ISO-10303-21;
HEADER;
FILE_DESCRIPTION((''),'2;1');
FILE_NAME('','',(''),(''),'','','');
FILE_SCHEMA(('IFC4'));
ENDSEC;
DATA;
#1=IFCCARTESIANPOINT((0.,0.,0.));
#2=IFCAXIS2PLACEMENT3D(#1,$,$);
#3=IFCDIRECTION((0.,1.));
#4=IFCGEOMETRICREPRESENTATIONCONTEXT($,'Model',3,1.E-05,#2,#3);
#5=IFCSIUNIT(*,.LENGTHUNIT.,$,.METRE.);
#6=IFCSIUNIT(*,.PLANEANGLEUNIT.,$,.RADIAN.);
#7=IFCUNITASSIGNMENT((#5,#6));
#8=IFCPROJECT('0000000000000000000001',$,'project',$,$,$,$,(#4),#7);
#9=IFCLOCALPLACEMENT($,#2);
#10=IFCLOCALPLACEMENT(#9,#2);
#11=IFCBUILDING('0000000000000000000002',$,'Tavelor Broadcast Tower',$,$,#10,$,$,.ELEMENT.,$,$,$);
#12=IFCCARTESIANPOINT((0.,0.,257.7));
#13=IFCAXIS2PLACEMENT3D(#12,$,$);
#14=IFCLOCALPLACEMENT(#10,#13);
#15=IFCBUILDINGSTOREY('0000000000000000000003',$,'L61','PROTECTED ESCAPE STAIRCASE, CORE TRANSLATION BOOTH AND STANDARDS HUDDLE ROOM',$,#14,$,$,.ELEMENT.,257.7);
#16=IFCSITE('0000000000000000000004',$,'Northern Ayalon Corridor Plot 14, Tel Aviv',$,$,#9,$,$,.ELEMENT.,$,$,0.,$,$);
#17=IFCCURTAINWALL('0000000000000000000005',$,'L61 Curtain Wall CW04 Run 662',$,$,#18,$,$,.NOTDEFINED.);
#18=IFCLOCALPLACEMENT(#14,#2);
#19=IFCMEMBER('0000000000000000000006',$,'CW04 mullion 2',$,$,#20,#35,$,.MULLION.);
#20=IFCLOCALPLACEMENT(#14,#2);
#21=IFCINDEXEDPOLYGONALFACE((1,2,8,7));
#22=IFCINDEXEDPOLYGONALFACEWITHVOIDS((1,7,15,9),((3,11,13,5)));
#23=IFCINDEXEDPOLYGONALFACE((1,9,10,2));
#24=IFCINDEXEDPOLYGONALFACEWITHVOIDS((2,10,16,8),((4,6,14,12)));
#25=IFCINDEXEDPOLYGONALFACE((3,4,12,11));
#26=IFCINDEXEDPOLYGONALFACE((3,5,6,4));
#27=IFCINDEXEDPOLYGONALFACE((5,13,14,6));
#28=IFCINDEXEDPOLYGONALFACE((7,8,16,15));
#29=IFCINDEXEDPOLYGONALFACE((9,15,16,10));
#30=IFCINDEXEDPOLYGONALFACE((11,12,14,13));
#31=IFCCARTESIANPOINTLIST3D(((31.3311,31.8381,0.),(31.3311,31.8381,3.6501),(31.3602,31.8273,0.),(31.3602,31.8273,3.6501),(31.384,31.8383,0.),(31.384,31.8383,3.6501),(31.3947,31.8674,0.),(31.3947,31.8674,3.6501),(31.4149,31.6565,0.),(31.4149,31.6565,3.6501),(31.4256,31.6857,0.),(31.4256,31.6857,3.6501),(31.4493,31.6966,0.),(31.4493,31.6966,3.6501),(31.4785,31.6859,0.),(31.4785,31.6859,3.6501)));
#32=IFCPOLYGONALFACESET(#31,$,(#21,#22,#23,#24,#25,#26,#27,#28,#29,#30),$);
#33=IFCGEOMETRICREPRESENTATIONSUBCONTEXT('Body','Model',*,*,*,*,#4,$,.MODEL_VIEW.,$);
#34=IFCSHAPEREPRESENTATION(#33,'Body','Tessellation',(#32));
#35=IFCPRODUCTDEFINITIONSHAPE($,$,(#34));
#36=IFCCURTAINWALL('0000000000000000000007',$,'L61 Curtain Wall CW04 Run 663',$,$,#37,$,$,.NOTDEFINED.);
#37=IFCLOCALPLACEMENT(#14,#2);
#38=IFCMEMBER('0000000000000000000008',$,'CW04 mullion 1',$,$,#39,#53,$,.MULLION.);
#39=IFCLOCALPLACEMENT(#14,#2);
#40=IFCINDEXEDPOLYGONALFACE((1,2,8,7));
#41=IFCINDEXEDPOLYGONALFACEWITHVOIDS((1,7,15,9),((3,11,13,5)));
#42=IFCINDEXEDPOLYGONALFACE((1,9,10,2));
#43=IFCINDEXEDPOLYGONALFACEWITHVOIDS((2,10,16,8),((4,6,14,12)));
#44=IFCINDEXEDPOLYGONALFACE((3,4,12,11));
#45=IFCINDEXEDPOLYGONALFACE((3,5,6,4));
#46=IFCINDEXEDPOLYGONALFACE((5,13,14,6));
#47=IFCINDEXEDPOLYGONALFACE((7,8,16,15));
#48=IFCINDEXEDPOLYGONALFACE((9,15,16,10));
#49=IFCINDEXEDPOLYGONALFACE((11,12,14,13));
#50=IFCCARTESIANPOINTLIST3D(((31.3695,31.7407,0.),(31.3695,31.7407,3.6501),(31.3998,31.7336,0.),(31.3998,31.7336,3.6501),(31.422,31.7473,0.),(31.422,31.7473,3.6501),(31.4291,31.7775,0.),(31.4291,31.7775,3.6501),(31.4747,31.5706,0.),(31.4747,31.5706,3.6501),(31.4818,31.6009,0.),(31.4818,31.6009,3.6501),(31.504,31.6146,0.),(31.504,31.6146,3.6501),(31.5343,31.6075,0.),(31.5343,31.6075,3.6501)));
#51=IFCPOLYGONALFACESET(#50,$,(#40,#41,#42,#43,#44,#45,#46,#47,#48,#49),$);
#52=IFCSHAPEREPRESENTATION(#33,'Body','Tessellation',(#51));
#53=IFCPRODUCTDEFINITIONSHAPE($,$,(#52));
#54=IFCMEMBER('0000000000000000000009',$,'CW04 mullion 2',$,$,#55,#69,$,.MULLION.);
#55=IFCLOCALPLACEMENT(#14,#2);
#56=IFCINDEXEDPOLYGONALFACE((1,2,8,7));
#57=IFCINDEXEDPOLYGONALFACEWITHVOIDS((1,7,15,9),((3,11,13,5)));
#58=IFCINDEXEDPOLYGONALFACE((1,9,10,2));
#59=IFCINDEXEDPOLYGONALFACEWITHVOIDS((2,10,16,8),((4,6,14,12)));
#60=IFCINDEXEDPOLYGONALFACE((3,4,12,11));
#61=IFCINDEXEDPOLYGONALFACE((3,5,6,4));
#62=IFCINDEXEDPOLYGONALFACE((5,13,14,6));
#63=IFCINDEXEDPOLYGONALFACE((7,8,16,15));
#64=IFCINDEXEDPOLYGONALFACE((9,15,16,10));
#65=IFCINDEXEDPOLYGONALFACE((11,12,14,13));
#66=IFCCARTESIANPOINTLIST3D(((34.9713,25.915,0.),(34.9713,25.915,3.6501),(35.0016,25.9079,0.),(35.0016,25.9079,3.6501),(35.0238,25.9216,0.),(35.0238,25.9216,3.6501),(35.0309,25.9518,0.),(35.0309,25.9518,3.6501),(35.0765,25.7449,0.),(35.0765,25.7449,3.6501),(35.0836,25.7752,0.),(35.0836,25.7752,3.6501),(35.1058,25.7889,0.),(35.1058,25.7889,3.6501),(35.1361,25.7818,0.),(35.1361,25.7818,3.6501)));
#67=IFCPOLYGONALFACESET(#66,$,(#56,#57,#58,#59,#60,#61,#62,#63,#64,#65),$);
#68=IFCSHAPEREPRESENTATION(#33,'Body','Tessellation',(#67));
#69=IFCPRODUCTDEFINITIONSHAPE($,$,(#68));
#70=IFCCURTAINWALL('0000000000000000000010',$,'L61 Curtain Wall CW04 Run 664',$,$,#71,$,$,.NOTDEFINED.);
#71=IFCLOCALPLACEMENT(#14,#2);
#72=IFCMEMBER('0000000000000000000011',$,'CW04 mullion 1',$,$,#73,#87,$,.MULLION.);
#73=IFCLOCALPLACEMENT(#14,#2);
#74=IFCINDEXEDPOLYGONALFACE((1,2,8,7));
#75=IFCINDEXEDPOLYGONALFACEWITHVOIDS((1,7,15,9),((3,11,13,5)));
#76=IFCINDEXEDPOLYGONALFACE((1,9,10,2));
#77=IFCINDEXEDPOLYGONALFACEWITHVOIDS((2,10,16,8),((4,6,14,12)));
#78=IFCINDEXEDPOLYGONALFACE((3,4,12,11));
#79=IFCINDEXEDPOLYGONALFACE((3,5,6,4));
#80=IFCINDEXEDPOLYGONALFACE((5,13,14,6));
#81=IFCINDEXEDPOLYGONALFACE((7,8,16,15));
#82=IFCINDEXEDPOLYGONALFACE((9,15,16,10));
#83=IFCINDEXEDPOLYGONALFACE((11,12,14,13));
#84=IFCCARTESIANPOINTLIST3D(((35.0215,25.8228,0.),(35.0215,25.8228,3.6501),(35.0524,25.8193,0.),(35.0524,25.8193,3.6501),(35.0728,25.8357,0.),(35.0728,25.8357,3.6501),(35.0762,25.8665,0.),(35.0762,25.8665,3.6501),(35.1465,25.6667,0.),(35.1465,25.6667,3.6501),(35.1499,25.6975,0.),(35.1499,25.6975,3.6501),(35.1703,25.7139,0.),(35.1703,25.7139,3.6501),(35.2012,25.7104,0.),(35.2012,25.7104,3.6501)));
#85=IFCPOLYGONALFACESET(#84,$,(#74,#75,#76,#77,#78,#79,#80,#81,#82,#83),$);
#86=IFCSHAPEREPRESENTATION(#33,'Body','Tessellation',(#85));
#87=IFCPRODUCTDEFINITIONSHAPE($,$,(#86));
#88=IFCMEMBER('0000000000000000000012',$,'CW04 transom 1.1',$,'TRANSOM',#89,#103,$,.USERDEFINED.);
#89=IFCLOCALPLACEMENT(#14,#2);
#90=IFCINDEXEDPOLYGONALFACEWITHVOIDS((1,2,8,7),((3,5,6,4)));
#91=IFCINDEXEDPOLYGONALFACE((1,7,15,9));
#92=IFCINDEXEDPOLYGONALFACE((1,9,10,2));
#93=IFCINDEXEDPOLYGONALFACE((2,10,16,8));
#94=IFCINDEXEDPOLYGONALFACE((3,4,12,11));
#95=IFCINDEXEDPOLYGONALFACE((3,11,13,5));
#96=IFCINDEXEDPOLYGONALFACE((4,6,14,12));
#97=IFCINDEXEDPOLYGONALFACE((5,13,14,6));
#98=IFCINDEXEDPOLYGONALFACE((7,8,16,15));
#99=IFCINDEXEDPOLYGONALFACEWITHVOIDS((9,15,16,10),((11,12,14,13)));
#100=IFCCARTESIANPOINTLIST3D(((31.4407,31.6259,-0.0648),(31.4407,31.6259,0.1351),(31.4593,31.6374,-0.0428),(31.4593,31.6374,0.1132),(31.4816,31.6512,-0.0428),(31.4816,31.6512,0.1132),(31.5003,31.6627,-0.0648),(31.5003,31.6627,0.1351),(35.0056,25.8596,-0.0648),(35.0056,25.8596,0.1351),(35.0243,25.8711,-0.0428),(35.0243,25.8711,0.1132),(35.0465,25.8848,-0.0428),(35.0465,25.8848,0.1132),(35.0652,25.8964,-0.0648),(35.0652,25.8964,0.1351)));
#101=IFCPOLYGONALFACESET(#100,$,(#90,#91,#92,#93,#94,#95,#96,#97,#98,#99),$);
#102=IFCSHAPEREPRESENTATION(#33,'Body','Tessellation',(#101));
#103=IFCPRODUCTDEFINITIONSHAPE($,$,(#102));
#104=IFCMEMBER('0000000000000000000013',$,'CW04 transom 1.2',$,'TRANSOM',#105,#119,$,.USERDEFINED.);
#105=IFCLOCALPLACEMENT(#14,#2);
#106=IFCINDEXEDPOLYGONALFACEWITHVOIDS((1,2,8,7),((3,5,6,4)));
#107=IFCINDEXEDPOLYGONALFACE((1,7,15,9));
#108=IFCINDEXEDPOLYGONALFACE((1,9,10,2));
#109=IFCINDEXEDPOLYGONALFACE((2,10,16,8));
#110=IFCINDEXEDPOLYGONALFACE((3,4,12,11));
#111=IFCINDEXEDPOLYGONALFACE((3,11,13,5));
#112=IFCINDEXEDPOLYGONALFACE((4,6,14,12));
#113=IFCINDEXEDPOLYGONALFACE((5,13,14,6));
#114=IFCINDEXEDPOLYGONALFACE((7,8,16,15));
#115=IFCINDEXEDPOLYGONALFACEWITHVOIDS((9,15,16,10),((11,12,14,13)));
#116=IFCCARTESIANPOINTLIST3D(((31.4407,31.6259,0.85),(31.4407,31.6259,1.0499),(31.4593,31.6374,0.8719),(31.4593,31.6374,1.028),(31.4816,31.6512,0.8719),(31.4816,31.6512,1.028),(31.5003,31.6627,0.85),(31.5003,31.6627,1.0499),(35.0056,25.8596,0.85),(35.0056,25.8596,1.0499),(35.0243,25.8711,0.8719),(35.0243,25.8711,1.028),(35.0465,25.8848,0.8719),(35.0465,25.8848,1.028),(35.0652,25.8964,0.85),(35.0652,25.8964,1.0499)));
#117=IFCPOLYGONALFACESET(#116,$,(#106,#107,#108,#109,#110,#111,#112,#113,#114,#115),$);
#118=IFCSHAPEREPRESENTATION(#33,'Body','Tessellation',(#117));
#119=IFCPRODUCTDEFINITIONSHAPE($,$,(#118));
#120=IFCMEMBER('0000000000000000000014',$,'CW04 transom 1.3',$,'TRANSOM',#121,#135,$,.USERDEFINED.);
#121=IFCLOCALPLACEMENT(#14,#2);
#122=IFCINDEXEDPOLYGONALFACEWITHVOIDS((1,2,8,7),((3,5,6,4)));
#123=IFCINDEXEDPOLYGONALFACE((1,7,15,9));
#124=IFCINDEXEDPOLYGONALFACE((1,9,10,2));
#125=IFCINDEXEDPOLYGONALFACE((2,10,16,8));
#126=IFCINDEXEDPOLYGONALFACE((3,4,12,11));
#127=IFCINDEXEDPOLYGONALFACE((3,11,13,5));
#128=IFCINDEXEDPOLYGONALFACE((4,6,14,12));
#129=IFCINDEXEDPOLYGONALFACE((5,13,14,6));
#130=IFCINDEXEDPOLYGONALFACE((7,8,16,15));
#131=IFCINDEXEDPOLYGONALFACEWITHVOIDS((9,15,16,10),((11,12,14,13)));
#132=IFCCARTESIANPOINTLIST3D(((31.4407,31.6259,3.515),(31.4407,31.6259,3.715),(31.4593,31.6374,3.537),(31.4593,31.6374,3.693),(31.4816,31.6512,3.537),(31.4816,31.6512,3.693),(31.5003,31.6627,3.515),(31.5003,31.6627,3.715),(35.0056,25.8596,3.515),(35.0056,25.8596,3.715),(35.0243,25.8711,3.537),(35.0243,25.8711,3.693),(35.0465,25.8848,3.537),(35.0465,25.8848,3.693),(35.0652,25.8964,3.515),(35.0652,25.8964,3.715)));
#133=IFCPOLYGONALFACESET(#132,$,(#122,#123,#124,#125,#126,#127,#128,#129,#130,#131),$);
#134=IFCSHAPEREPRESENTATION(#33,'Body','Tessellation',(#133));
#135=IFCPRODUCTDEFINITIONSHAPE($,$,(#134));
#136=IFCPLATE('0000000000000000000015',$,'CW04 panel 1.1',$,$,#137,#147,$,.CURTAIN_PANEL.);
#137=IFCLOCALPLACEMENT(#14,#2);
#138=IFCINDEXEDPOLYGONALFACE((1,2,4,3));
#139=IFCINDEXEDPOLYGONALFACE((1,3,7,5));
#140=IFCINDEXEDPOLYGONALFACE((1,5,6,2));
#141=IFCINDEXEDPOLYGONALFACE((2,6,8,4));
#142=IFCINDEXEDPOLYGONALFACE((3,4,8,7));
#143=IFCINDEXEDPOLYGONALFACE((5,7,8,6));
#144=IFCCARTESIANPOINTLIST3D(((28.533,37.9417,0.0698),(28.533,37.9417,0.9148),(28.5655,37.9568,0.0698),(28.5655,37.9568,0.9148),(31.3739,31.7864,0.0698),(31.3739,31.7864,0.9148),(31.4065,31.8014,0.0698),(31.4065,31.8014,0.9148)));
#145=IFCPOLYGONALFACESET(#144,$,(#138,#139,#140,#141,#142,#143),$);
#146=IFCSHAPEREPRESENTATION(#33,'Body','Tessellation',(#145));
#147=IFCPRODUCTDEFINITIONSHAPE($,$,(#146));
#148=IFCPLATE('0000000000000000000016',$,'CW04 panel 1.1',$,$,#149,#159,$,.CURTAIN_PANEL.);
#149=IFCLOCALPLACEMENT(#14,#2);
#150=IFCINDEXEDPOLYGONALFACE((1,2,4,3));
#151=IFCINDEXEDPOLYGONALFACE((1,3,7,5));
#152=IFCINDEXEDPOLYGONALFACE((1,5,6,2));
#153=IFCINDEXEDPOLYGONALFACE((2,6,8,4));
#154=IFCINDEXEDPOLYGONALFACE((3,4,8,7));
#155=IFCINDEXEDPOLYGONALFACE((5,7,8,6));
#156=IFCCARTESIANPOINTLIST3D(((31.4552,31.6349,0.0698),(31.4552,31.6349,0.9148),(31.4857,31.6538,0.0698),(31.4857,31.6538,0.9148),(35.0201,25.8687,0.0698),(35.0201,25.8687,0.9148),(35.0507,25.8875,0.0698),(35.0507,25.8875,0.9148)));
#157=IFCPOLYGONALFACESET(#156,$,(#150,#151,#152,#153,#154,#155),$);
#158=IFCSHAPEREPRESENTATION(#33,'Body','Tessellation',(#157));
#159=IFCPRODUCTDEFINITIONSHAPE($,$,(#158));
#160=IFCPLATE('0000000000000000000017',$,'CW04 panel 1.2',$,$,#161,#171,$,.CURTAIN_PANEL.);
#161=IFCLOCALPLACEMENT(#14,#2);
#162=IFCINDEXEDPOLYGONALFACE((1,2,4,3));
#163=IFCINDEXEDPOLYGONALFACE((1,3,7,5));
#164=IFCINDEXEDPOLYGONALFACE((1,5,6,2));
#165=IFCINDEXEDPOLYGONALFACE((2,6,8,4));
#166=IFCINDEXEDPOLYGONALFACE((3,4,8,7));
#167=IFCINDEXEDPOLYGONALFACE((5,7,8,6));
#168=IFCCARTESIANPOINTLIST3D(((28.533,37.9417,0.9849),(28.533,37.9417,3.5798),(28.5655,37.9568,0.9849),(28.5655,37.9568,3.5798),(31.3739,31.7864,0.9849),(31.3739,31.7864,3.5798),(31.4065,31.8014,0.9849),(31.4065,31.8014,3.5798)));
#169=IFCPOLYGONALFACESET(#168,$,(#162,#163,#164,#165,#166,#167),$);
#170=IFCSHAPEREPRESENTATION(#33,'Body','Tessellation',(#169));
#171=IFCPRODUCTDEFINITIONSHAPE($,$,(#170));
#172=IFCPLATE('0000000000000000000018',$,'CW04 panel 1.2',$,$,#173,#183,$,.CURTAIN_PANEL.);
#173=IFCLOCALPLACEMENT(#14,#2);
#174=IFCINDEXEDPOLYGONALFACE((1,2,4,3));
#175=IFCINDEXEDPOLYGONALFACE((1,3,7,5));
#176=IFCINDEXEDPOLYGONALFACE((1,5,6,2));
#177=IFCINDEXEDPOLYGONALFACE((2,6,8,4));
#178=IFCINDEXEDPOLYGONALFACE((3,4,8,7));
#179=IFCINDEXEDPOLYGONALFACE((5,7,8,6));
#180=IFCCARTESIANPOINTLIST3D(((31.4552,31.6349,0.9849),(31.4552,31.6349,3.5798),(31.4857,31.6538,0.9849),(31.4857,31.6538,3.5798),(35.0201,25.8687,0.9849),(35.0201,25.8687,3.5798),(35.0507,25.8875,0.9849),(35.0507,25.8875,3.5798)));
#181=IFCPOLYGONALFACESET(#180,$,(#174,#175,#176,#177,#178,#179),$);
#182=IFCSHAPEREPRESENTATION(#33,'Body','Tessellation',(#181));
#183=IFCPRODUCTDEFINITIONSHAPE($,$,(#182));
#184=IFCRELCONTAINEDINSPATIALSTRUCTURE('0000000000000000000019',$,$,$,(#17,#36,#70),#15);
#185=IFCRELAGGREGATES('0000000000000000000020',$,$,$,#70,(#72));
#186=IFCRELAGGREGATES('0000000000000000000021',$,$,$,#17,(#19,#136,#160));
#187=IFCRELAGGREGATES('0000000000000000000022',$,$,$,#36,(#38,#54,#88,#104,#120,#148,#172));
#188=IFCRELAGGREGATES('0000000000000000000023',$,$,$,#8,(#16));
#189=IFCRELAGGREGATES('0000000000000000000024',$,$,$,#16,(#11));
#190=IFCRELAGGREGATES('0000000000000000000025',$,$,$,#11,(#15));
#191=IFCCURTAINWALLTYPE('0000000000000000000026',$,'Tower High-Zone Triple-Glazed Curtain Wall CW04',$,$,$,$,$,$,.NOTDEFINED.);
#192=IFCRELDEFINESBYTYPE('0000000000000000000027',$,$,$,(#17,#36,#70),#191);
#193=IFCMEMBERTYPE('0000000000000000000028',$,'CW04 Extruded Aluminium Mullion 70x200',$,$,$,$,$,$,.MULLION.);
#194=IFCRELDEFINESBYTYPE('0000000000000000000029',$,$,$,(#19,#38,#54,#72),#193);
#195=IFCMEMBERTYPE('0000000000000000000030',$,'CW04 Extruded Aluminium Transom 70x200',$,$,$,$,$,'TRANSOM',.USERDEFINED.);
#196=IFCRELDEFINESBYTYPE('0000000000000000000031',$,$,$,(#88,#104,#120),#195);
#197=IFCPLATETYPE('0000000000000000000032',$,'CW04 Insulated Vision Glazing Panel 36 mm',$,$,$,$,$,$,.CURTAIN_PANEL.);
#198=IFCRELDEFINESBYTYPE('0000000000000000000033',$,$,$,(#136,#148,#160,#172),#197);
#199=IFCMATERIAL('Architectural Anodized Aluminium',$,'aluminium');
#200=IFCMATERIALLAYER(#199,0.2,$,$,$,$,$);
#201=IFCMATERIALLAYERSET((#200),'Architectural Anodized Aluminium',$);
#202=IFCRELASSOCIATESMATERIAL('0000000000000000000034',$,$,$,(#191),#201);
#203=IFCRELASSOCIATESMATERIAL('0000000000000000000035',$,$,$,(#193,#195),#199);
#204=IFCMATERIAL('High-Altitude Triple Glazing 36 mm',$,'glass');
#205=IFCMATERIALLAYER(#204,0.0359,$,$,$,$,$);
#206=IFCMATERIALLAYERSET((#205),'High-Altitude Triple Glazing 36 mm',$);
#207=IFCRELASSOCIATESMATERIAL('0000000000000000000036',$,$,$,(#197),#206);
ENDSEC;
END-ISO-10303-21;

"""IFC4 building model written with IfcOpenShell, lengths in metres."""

from ifc_helpers import new_model, si_unit, direction, frame, origin, origin_2d, place, context, subcontext, project, spatial, rectangle, hollow_rectangle, extrude, source, transform, mapped, material, layer, layer_set, material_profile, profile_set, type_object, type_shapes, element, aggregate, save


model = new_model("IFC4")

# Units and contexts
model_context = context("Model", 3, precision=1e-05, world=origin(), true_north=direction((0.0, 1.0)))
body_context = subcontext(model_context, "Body", "Model", "MODEL_VIEW")
ifc_project = project(units=[si_unit("LENGTHUNIT", "METRE"), si_unit("PLANEANGLEUNIT", "RADIAN")], contexts=[model_context])

# Site, building, storey
site_placement = place(None, origin())
site = spatial("IfcSite", under=ifc_project, at=site_placement, Name="Northern Ayalon Corridor Plot 14, Tel Aviv", CompositionType="ELEMENT", RefElevation=0.0)
building_placement = place(site_placement, origin())
building = spatial("IfcBuilding", under=site, at=building_placement, Name="Tavelor Broadcast Tower", CompositionType="ELEMENT")
storey_placement = place(building_placement, frame((0.0, 0.0, 257.7)))
storey = spatial("IfcBuildingStorey", under=building, at=storey_placement, Name="L61", Description="PROTECTED ESCAPE STAIRCASE, CORE TRANSLATION BOOTH AND STANDARDS HUDDLE ROOM", CompositionType="ELEMENT", Elevation=257.7)

# Curtain wall, member
ifc_material_1 = material(Name="Architectural Anodized Aluminium", Category="aluminium")
ifc_layer_1 = layer(ifc_material_1, 0.2)
ifc_layer_set_1 = layer_set([ifc_layer_1], Name="Architectural Anodized Aluminium")
curtain_wall_type = type_object("IfcCurtainWallType", Name="Tower High-Zone Triple-Glazed Curtain Wall CW04", PredefinedType="NOTDEFINED", material=ifc_layer_set_1)
curtain_wall_1_placement = place(storey_placement, origin())
curtain_wall_1 = element("IfcCurtainWall", 1, at=curtain_wall_1_placement, inside=storey, type_object=curtain_wall_type, Name="L61 Curtain Wall CW04 Run 662", PredefinedType="NOTDEFINED")
ifc_material_profile_1 = material_profile(ifc_material_1, hollow_rectangle(XDim=0.0701, YDim=0.2, WallThickness=0.022, at=origin_2d()), Name="RHS 70x200x22")
ifc_profile_set_1 = profile_set([ifc_material_profile_1], Name="Architectural Anodized Aluminium")
member_type_1 = type_object("IfcMemberType", Name="CW04 Extruded Aluminium Mullion 70x200", PredefinedType="MULLION", material=ifc_profile_set_1)
shared_shape_1 = source(origin(), body_context, "Body", "SweptSolid", [
    extrude(hollow_rectangle(XDim=0.0701, YDim=0.2, WallThickness=0.022, at=origin_2d()), origin(), (0.0, 0.0, 1.0), 3.6501),
])
type_shapes(member_type_1, [shared_shape_1])
member_1_placement = place(storey_placement, frame((31.4048, 31.762, 0.0), z_axis=(0.0, 0.0, 1.0), x_axis=(0.907958, 0.419062, 0.0)))
member_1 = element("IfcMember", 2, at=member_1_placement, type_object=member_type_1, Name="CW04 mullion 2", PredefinedType="MULLION", context=body_context, shape_type="MappedRepresentation", body=[
    mapped(shared_shape_1, transform((0.0, 0.0, 0.0), scale=1.0)),
])

# Curtain wall, members
curtain_wall_2_placement = place(storey_placement, origin())
curtain_wall_2 = element("IfcCurtainWall", 3, at=curtain_wall_2_placement, inside=storey, type_object=curtain_wall_type, Name="L61 Curtain Wall CW04 Run 663", PredefinedType="NOTDEFINED")
member_2_placement = place(storey_placement, frame((31.4519, 31.6741, 0.0), z_axis=(0.0, 0.0, 1.0), x_axis=(0.850572, 0.525859, 0.0)))
member_2 = element("IfcMember", 4, at=member_2_placement, type_object=member_type_1, Name="CW04 mullion 1", PredefinedType="MULLION", context=body_context, shape_type="MappedRepresentation", body=[
    mapped(shared_shape_1, transform((0.0, 0.0, 0.0), scale=1.0)),
])
member_3_placement = place(storey_placement, frame((35.0537, 25.8484, 0.0), z_axis=(0.0, 0.0, 1.0), x_axis=(0.850572, 0.525859, 0.0)))
member_3 = element("IfcMember", 5, at=member_3_placement, type_object=member_type_1, Name="CW04 mullion 2", PredefinedType="MULLION", context=body_context, shape_type="MappedRepresentation", body=[
    mapped(shared_shape_1, transform((0.0, 0.0, 0.0), scale=1.0)),
])

# Curtain wall, member
curtain_wall_3_placement = place(storey_placement, origin())
curtain_wall_3 = element("IfcCurtainWall", 6, at=curtain_wall_3_placement, inside=storey, type_object=curtain_wall_type, Name="L61 Curtain Wall CW04 Run 664", PredefinedType="NOTDEFINED")
member_4_placement = place(storey_placement, frame((35.1113, 25.7666, 0.0), z_axis=(0.0, 0.0, 1.0), x_axis=(0.780689, 0.62492, 0.0)))
member_4 = element("IfcMember", 7, at=member_4_placement, type_object=member_type_1, Name="CW04 mullion 1", PredefinedType="MULLION", context=body_context, shape_type="MappedRepresentation", body=[
    mapped(shared_shape_1, transform((0.0, 0.0, 0.0), scale=1.0)),
])
aggregate(curtain_wall_3, [member_4])

# Members
ifc_material_profile_2 = material_profile(ifc_material_1, hollow_rectangle(XDim=0.0701, YDim=0.2, WallThickness=0.022, at=origin_2d()), Name="RHS 70x200x22")
ifc_profile_set_2 = profile_set([ifc_material_profile_2], Name="Architectural Anodized Aluminium")
member_type_2 = type_object("IfcMemberType", Name="CW04 Extruded Aluminium Transom 70x200", ElementType="TRANSOM", PredefinedType="USERDEFINED", material=ifc_profile_set_2)
shared_shape_2 = source(origin(), body_context, "Body", "SweptSolid", [
    extrude(hollow_rectangle(XDim=0.0701, YDim=0.2, WallThickness=0.022, at=origin_2d()), origin(), (0.0, 0.0, 1.0), 6.7793),
])
type_shapes(member_type_2, [shared_shape_2])
member_5_placement = place(storey_placement, frame((31.4705, 31.6443, 0.0352), z_axis=(0.525852, -0.850576, 0.0), x_axis=(0.850576, 0.525852, 0.0)))
member_5 = element("IfcMember", 8, at=member_5_placement, type_object=member_type_2, Name="CW04 transom 1.1", ObjectType="TRANSOM", PredefinedType="USERDEFINED", context=body_context, shape_type="MappedRepresentation", body=[
    mapped(shared_shape_2, transform((0.0, 0.0, 0.0), scale=1.0)),
])
member_6_placement = place(storey_placement, frame((31.4705, 31.6443, 0.95), z_axis=(0.525852, -0.850576, 0.0), x_axis=(0.850576, 0.525852, 0.0)))
member_6 = element("IfcMember", 9, at=member_6_placement, type_object=member_type_2, Name="CW04 transom 1.2", ObjectType="TRANSOM", PredefinedType="USERDEFINED", context=body_context, shape_type="MappedRepresentation", body=[
    mapped(shared_shape_2, transform((0.0, 0.0, 0.0), scale=1.0)),
])
member_7_placement = place(storey_placement, frame((31.4705, 31.6443, 3.615), z_axis=(0.525852, -0.850576, 0.0), x_axis=(0.850576, 0.525852, 0.0)))
member_7 = element("IfcMember", 10, at=member_7_placement, type_object=member_type_2, Name="CW04 transom 1.3", ObjectType="TRANSOM", PredefinedType="USERDEFINED", context=body_context, shape_type="MappedRepresentation", body=[
    mapped(shared_shape_2, transform((0.0, 0.0, 0.0), scale=1.0)),
])

# Plates
ifc_material_2 = material(Name="High-Altitude Triple Glazing 36 mm", Category="glass")
ifc_layer_2 = layer(ifc_material_2, 0.0359)
ifc_layer_set_2 = layer_set([ifc_layer_2], Name="High-Altitude Triple Glazing 36 mm")
plate_type = type_object("IfcPlateType", Name="CW04 Insulated Vision Glazing Panel 36 mm", PredefinedType="CURTAIN_PANEL", material=ifc_layer_set_2)
shared_shape_3 = source(origin(), body_context, "Body", "SweptSolid", [
    extrude(rectangle(XDim=6.7793, YDim=0.0359, at=origin_2d()), origin(), (0.0, 0.0, 1.0), 0.845),
])
plate_1_placement = place(storey_placement, frame((29.9697, 34.8716, 0.0698), z_axis=(0.0, 0.0, 1.0), x_axis=(0.419062, -0.907958, 0.0)))
plate_1 = element("IfcPlate", 11, at=plate_1_placement, type_object=plate_type, Name="CW04 panel 1.1", PredefinedType="CURTAIN_PANEL", context=body_context, shape_type="MappedRepresentation", body=[
    mapped(shared_shape_3, transform((0.0, 0.0, 0.0), scale=1.0)),
])
plate_2_placement = place(storey_placement, frame((33.2529, 28.7612, 0.0698), z_axis=(0.0, 0.0, 1.0), x_axis=(0.525859, -0.850572, 0.0)))
plate_2 = element("IfcPlate", 12, at=plate_2_placement, type_object=plate_type, Name="CW04 panel 1.1", PredefinedType="CURTAIN_PANEL", context=body_context, shape_type="MappedRepresentation", body=[
    mapped(shared_shape_3, transform((0.0, 0.0, 0.0), scale=1.0)),
])
shared_shape_4 = source(origin(), body_context, "Body", "SweptSolid", [
    extrude(rectangle(XDim=6.7793, YDim=0.0359, at=origin_2d()), origin(), (0.0, 0.0, 1.0), 2.595),
])
type_shapes(plate_type, [shared_shape_3, shared_shape_4])
plate_3_placement = place(storey_placement, frame((29.9697, 34.8716, 0.9849), z_axis=(0.0, 0.0, 1.0), x_axis=(0.419062, -0.907958, 0.0)))
plate_3 = element("IfcPlate", 13, at=plate_3_placement, type_object=plate_type, Name="CW04 panel 1.2", PredefinedType="CURTAIN_PANEL", context=body_context, shape_type="MappedRepresentation", body=[
    mapped(shared_shape_4, transform((0.0, 0.0, 0.0), scale=1.0)),
])
aggregate(curtain_wall_1, [member_1, plate_1, plate_3])
plate_4_placement = place(storey_placement, frame((33.2529, 28.7612, 0.9849), z_axis=(0.0, 0.0, 1.0), x_axis=(0.525859, -0.850572, 0.0)))
plate_4 = element("IfcPlate", 14, at=plate_4_placement, type_object=plate_type, Name="CW04 panel 1.2", PredefinedType="CURTAIN_PANEL", context=body_context, shape_type="MappedRepresentation", body=[
    mapped(shared_shape_4, transform((0.0, 0.0, 0.0), scale=1.0)),
])
aggregate(curtain_wall_2, [member_2, member_3, member_5, member_6, member_7, plate_2, plate_4])

save(model, "model.ifc")
